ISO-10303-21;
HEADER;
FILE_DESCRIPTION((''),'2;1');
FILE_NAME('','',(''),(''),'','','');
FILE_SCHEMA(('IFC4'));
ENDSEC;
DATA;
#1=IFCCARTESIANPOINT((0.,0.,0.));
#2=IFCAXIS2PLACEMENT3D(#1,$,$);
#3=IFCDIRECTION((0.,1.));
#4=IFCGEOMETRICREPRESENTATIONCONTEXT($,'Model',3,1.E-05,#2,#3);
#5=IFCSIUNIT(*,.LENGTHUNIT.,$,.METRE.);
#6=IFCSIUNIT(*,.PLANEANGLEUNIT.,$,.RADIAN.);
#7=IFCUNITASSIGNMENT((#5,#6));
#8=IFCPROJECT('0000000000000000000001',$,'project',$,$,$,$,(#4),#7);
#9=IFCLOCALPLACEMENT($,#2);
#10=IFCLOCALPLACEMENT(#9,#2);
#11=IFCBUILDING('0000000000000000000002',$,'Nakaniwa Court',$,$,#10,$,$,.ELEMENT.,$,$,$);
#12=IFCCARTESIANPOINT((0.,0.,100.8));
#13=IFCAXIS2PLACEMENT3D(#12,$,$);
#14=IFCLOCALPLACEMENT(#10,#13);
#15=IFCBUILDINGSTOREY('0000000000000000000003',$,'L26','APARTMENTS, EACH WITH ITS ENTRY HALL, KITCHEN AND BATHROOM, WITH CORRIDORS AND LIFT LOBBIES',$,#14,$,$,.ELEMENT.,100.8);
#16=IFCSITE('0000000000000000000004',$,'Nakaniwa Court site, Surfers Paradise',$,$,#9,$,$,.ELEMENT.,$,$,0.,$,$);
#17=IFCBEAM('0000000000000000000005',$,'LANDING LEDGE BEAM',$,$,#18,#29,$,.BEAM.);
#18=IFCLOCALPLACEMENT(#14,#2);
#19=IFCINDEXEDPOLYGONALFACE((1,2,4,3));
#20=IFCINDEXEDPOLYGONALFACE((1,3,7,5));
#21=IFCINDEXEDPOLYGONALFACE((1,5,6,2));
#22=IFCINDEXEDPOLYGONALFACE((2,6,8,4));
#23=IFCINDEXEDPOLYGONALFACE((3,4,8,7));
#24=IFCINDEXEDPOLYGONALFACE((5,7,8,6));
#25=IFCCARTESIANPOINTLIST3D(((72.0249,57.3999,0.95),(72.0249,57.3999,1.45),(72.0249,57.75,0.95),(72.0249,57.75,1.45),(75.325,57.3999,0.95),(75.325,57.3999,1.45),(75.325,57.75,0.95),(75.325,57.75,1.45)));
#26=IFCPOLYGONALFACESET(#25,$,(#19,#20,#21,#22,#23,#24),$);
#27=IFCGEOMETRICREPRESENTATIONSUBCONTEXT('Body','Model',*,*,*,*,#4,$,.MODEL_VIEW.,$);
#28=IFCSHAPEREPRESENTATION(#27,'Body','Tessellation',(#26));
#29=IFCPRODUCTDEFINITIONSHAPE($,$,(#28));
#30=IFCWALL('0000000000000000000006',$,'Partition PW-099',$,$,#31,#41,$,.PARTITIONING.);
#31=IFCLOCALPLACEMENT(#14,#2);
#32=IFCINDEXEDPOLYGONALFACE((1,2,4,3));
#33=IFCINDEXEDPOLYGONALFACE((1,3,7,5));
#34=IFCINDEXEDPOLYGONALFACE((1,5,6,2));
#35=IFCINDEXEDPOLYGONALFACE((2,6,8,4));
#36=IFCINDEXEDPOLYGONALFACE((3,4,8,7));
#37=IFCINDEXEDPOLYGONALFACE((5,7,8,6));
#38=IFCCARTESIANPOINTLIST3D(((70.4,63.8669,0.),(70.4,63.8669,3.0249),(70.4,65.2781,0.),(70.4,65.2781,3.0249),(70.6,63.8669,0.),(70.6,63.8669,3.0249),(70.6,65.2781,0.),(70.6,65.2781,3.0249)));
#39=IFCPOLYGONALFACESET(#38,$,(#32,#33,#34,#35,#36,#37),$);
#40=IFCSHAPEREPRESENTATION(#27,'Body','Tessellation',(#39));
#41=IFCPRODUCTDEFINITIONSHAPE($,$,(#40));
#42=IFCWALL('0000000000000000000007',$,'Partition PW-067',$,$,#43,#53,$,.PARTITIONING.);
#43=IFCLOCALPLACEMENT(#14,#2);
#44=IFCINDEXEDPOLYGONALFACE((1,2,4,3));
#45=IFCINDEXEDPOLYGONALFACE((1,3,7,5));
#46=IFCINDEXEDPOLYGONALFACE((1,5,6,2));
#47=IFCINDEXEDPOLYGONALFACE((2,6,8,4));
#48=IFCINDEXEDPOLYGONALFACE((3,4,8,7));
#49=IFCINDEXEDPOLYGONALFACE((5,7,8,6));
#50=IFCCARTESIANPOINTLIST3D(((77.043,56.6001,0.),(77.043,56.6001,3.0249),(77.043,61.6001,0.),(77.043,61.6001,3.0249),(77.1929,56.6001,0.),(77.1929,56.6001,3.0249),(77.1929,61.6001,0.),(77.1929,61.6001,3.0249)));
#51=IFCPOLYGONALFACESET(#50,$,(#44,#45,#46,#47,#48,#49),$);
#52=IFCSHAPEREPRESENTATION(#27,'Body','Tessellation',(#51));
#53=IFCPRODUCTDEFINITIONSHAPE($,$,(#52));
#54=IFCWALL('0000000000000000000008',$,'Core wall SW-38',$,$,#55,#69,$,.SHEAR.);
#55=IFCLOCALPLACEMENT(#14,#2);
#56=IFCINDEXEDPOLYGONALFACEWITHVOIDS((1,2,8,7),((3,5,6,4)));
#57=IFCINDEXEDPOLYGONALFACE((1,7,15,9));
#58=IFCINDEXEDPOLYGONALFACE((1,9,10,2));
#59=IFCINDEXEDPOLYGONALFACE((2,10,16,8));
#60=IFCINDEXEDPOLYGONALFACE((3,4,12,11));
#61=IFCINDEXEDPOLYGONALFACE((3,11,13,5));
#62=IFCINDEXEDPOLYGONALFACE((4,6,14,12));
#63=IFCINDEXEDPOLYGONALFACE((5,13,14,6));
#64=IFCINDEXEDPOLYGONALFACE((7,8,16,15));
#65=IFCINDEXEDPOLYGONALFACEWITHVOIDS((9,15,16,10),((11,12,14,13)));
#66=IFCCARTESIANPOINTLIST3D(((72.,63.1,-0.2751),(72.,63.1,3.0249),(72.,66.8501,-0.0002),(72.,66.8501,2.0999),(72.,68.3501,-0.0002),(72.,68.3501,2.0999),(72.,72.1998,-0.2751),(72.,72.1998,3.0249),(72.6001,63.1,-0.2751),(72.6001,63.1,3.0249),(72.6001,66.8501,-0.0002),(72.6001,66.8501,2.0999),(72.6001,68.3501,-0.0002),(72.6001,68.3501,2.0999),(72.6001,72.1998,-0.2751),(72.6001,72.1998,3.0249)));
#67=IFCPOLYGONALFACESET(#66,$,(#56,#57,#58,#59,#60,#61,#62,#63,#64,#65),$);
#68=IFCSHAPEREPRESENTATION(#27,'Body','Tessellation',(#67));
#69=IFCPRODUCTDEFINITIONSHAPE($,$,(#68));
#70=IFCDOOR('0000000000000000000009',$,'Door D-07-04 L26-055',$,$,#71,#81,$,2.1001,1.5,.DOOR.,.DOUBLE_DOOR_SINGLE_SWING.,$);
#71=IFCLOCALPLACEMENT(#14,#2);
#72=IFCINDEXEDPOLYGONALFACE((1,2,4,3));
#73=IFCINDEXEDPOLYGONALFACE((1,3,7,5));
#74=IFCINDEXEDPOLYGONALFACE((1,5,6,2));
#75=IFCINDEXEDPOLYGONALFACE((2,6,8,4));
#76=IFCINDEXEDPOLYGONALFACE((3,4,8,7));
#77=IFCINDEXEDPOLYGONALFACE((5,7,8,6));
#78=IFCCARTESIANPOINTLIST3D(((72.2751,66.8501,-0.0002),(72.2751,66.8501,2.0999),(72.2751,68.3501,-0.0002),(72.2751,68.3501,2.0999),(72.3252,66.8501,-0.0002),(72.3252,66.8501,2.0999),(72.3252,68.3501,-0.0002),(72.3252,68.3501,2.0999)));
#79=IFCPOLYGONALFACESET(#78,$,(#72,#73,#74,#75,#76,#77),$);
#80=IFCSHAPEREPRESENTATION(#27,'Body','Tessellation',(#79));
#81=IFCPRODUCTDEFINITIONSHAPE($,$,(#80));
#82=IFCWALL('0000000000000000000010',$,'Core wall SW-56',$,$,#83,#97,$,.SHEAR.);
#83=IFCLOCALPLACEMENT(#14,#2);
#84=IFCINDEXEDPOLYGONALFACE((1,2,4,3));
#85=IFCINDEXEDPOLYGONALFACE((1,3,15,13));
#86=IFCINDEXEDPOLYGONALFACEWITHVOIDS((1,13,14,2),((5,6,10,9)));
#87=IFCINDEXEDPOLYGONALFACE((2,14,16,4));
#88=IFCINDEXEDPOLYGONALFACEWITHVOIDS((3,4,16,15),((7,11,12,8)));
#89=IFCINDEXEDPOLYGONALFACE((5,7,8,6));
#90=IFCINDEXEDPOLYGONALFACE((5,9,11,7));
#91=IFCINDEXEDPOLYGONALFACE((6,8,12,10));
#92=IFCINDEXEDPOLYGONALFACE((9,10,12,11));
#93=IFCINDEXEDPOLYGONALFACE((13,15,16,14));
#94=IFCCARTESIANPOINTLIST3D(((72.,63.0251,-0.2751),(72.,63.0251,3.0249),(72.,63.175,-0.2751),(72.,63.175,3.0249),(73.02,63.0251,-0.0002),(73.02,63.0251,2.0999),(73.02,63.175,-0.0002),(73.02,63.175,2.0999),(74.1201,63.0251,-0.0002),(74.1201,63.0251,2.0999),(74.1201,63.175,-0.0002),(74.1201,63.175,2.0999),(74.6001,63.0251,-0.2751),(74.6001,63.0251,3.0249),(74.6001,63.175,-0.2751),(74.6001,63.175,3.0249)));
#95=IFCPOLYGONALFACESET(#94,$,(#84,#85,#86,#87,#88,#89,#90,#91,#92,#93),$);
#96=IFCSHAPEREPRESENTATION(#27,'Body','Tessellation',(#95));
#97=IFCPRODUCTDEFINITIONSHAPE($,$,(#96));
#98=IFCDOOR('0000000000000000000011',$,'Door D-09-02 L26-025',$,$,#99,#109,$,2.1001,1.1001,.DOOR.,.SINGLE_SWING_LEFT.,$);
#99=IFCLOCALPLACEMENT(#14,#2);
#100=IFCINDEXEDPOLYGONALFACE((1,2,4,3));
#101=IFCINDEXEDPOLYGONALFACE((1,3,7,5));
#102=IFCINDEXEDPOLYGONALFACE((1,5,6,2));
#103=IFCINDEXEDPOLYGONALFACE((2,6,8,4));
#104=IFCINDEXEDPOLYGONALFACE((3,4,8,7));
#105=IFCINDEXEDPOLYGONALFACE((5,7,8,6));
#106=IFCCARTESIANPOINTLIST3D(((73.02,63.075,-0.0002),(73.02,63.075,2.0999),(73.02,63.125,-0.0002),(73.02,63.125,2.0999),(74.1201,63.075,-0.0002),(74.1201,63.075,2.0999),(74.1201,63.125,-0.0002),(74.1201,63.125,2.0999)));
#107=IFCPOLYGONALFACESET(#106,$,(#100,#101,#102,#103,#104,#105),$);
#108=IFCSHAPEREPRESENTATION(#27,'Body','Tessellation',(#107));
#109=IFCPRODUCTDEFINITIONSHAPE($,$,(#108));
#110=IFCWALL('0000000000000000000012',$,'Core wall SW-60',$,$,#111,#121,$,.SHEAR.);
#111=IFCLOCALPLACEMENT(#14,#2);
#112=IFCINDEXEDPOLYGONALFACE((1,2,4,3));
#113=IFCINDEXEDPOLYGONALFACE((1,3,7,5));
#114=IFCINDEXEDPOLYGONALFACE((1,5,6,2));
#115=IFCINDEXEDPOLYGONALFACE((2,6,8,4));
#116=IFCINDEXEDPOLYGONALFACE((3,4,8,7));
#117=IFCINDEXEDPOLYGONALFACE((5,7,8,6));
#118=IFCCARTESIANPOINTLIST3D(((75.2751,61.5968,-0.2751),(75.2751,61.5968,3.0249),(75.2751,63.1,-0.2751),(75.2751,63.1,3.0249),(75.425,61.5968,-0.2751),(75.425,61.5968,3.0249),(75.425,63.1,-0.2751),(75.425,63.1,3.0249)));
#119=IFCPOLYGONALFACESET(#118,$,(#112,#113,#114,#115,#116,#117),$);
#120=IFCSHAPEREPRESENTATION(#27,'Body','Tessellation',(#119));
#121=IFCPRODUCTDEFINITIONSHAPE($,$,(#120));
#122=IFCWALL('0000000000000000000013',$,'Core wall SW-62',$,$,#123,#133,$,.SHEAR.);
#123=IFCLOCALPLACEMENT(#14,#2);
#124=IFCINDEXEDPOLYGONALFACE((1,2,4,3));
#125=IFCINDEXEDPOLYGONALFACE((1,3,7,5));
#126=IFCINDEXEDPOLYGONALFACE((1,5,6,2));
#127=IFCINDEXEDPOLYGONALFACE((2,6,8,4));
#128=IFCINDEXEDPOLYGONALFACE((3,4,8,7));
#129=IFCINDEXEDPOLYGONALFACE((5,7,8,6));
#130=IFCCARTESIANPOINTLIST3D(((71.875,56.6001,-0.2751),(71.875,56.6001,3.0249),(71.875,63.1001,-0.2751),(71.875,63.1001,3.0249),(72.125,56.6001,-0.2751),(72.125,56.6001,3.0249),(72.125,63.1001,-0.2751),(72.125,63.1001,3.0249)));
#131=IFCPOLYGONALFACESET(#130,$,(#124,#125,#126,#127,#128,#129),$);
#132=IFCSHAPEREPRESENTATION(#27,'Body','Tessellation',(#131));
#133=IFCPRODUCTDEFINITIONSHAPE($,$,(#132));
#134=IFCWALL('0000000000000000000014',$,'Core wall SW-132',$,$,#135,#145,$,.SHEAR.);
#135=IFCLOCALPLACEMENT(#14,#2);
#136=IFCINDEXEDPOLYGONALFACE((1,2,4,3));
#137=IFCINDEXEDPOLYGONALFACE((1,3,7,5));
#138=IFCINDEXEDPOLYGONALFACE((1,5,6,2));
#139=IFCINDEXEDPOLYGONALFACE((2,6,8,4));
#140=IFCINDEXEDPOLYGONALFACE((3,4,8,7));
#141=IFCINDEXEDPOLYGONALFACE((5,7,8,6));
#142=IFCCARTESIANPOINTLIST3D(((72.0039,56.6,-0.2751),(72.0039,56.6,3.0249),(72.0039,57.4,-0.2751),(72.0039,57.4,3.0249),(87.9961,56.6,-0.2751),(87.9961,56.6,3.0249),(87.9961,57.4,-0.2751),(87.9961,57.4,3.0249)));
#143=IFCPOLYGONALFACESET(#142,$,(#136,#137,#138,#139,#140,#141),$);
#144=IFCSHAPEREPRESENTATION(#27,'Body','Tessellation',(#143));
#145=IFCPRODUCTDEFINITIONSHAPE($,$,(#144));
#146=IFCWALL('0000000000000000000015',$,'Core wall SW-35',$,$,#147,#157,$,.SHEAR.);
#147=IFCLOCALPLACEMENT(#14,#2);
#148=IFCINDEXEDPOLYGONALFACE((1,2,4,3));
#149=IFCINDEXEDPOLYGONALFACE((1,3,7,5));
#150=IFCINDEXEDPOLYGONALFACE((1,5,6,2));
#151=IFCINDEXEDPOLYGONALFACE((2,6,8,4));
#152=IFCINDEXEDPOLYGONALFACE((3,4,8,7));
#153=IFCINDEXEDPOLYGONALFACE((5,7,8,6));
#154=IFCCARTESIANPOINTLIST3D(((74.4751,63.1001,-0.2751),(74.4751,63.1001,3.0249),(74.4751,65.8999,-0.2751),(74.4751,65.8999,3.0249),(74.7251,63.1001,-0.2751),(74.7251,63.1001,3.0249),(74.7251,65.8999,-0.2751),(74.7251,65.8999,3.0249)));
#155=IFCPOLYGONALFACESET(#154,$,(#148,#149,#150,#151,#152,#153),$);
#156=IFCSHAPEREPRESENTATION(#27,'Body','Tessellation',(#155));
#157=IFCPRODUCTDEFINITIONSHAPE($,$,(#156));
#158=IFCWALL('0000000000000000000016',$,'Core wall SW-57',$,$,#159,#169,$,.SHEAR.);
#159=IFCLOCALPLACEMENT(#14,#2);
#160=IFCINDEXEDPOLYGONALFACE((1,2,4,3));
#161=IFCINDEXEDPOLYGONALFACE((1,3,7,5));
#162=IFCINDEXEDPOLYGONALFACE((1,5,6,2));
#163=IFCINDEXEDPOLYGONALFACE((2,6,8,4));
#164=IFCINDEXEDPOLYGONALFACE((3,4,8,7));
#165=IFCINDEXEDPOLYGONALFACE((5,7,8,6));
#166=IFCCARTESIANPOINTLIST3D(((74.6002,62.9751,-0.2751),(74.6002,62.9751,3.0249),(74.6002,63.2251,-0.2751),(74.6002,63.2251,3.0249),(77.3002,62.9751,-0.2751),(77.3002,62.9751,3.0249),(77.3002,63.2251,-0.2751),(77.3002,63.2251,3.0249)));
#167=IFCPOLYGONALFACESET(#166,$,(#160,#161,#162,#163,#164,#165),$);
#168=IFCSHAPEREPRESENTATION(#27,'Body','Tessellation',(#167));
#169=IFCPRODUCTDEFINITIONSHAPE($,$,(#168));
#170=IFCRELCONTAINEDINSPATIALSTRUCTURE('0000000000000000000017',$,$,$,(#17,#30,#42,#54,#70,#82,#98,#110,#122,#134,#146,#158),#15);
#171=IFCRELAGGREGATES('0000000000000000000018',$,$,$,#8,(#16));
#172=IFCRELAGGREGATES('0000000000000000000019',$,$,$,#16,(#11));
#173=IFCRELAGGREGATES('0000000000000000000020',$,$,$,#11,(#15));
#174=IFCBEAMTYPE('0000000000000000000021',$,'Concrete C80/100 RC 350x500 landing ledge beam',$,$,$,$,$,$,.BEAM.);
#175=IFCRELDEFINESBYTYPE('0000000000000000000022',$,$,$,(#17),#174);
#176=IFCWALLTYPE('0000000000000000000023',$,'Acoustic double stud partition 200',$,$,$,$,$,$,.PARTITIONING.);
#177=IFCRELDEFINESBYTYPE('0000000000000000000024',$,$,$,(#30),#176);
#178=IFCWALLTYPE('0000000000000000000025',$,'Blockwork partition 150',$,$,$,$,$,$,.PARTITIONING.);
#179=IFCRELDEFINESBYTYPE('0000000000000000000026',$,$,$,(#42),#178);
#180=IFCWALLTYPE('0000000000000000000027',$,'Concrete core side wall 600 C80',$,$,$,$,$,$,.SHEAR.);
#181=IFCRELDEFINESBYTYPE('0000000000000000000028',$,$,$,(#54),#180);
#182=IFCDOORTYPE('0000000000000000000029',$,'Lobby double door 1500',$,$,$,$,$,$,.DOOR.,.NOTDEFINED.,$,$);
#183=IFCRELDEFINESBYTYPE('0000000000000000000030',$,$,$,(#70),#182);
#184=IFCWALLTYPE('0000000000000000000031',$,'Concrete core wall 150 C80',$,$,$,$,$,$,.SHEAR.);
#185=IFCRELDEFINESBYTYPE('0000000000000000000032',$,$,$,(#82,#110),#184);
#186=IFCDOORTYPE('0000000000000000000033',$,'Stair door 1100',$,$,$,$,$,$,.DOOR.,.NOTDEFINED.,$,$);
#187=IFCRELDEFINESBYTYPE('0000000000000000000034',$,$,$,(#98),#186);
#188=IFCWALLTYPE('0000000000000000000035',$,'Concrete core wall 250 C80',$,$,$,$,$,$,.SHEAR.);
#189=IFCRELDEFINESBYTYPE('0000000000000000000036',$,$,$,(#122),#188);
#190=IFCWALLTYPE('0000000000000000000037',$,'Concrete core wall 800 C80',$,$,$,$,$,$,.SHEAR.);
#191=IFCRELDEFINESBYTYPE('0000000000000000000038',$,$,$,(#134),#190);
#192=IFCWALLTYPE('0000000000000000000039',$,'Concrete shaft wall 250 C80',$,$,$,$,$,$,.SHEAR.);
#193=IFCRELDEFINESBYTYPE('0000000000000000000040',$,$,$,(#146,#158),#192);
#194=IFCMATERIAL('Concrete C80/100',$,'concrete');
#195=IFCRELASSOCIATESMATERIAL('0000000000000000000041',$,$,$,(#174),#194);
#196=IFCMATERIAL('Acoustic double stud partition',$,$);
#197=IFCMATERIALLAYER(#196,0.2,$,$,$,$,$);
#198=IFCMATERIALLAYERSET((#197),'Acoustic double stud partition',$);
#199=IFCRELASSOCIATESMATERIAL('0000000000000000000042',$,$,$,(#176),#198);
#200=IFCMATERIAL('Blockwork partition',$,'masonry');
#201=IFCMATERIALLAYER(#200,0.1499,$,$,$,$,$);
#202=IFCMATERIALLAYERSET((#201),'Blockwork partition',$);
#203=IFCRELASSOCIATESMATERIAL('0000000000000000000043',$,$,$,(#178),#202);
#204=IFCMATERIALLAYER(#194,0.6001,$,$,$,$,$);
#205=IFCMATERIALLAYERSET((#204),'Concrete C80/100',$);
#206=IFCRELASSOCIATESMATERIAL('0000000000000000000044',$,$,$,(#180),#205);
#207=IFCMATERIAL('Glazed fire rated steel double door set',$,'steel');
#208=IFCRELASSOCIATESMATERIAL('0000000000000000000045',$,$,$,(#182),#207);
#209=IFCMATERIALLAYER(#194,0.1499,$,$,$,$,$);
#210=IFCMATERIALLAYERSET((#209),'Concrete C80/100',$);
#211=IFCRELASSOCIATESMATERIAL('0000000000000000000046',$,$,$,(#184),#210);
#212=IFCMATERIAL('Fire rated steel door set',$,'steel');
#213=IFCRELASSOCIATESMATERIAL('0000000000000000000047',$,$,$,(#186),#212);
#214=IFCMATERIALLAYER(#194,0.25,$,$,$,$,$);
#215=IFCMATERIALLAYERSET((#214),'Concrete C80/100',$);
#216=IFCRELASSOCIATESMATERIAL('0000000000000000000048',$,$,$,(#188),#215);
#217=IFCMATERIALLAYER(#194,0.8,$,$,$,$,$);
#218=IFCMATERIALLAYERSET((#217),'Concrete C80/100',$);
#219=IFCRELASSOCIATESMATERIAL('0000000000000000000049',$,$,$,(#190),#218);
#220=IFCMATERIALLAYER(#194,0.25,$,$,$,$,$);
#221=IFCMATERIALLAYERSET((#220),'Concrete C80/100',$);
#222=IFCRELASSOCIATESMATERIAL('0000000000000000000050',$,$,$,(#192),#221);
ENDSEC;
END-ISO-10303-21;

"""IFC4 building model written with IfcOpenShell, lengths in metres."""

from ifc_helpers import new_model, si_unit, direction, frame, frame_2d, origin, origin_2d, place, context, subcontext, project, spatial, rectangle, extrude, material, layer, layer_set, material_profile, profile_set, type_object, element, fill, save


model = new_model("IFC4")

# Units and contexts
model_context = context("Model", 3, precision=1e-05, world=origin(), true_north=direction((0.0, 1.0)))
body_context = subcontext(model_context, "Body", "Model", "MODEL_VIEW")
ifc_project = project(units=[si_unit("LENGTHUNIT", "METRE"), si_unit("PLANEANGLEUNIT", "RADIAN")], contexts=[model_context])

# Site, building, storey
site_placement = place(None, origin())
site = spatial("IfcSite", under=ifc_project, at=site_placement, Name="Nakaniwa Court site, Surfers Paradise", CompositionType="ELEMENT", RefElevation=0.0)
building_placement = place(site_placement, origin())
building = spatial("IfcBuilding", under=site, at=building_placement, Name="Nakaniwa Court", CompositionType="ELEMENT")
storey_placement = place(building_placement, frame((0.0, 0.0, 100.8)))
storey = spatial("IfcBuildingStorey", under=building, at=storey_placement, Name="L26", Description="APARTMENTS, EACH WITH ITS ENTRY HALL, KITCHEN AND BATHROOM, WITH CORRIDORS AND LIFT LOBBIES", CompositionType="ELEMENT", Elevation=100.8)

# Beam
ifc_material_1 = material(Name="Concrete C80/100", Category="concrete")
ifc_material_profile = material_profile(ifc_material_1, rectangle(XDim=0.3501, YDim=0.5, at=origin_2d()), Name="Concrete C80/100 RC 350x500 landing ledge beam")
ifc_profile_set = profile_set([ifc_material_profile], Name="Concrete C80/100")
beam_type = type_object("IfcBeamType", Name="Concrete C80/100 RC 350x500 landing ledge beam", PredefinedType="BEAM", material=ifc_profile_set)
beam_placement = place(storey_placement, frame((72.0249, 57.575, 1.2), z_axis=(1.0, 0.0, 0.0), x_axis=(0.0, 1.0, 0.0)))
element("IfcBeam", 1, at=beam_placement, inside=storey, type_object=beam_type, Name="LANDING LEDGE BEAM", PredefinedType="BEAM", context=body_context, shape_type="SweptSolid", body=[
    extrude(rectangle(XDim=0.3501, YDim=0.5, at=origin_2d()), origin(), (0.0, 0.0, 1.0), 3.3),
])

# Walls
ifc_material_2 = material(Name="Acoustic double stud partition")
ifc_layer_1 = layer(ifc_material_2, 0.2)
ifc_layer_set_1 = layer_set([ifc_layer_1], Name="Acoustic double stud partition")
wall_type_1 = type_object("IfcWallType", Name="Acoustic double stud partition 200", PredefinedType="PARTITIONING", material=ifc_layer_set_1)
wall_1_placement = place(storey_placement, frame((70.5, 63.8669, 0.0), z_axis=(0.0, 0.0, 1.0), x_axis=(0.0, 1.0, 0.0)))
element("IfcWall", 2, at=wall_1_placement, inside=storey, type_object=wall_type_1, Name="Partition PW-099", PredefinedType="PARTITIONING", context=body_context, shape_type="SweptSolid", body=[
    extrude(rectangle(XDim=1.4111, YDim=0.2, at=frame_2d((0.7056, 0.0))), origin(), (0.0, 0.0, 1.0), 3.0249),
])
ifc_material_3 = material(Name="Blockwork partition", Category="masonry")
ifc_layer_2 = layer(ifc_material_3, 0.1499)
ifc_layer_set_2 = layer_set([ifc_layer_2], Name="Blockwork partition")
wall_type_2 = type_object("IfcWallType", Name="Blockwork partition 150", PredefinedType="PARTITIONING", material=ifc_layer_set_2)
wall_2_placement = place(storey_placement, frame((77.1179, 56.6001, 0.0), z_axis=(0.0, 0.0, 1.0), x_axis=(0.0, 1.0, 0.0)))
element("IfcWall", 3, at=wall_2_placement, inside=storey, type_object=wall_type_2, Name="Partition PW-067", PredefinedType="PARTITIONING", context=body_context, shape_type="SweptSolid", body=[
    extrude(rectangle(XDim=5.0, YDim=0.1499, at=frame_2d((2.5, 0.0))), origin(), (0.0, 0.0, 1.0), 3.0249),
])

# Walls, openings, doors
ifc_layer_3 = layer(ifc_material_1, 0.6001)
ifc_layer_set_3 = layer_set([ifc_layer_3], Name="Concrete C80/100")
wall_type_3 = type_object("IfcWallType", Name="Concrete core side wall 600 C80", PredefinedType="SHEAR", material=ifc_layer_set_3)
wall_3_placement = place(storey_placement, frame((72.3, 63.1001, -0.2751), z_axis=(0.0, 0.0, 1.0), x_axis=(0.0, 1.0, 0.0)))
wall_3 = element("IfcWall", 4, at=wall_3_placement, inside=storey, type_object=wall_type_3, Name="Core wall SW-38", PredefinedType="SHEAR", context=body_context, shape_type="SweptSolid", body=[
    extrude(rectangle(XDim=9.0999, YDim=0.6001, at=frame_2d((4.5498, 0.0))), origin(), (0.0, 0.0, 1.0), 3.3),
])
opening_1_placement = place(wall_3_placement, frame((3.75, 0.0, 0.2749)))
opening_1 = element("IfcOpeningElement", 5, at=opening_1_placement, cuts=wall_3, PredefinedType="OPENING", context=body_context, shape_type="SweptSolid", body=[
    extrude(rectangle(XDim=1.5, YDim=2.1001, at=frame_2d((0.75, 1.05))), frame((0.0, 0.3101, 0.0), z_axis=(0.0, -1.0, 0.0), x_axis=(1.0, 0.0, 0.0)), (0.0, 0.0, 1.0), 0.6201),
])
ifc_material_4 = material(Name="Glazed fire rated steel double door set", Category="steel")
door_type_1 = type_object("IfcDoorType", Name="Lobby double door 1500", OperationType="NOTDEFINED", PredefinedType="DOOR", material=ifc_material_4)
door_1_placement = place(opening_1_placement, origin())
door_1 = element("IfcDoor", 6, at=door_1_placement, inside=storey, type_object=door_type_1, Name="Door D-07-04 L26-055", OperationType="DOUBLE_DOOR_SINGLE_SWING", OverallHeight=2.1001, OverallWidth=1.5, PredefinedType="DOOR", context=body_context, shape_type="SweptSolid", body=[
    extrude(rectangle(XDim=1.5, YDim=2.1001, at=frame_2d((0.75, 1.05))), frame((0.0, 0.0249, 0.0), z_axis=(0.0, -1.0, 0.0), x_axis=(1.0, 0.0, 0.0)), (0.0, 0.0, 1.0), 0.05),
])
fill(opening_1, door_1)
ifc_layer_4 = layer(ifc_material_1, 0.1499)
ifc_layer_set_4 = layer_set([ifc_layer_4], Name="Concrete C80/100")
wall_type_4 = type_object("IfcWallType", Name="Concrete core wall 150 C80", PredefinedType="SHEAR", material=ifc_layer_set_4)
wall_4_placement = place(storey_placement, frame((72.0, 63.1001, -0.2751), z_axis=(0.0, 0.0, 1.0), x_axis=(1.0, 0.0, 0.0)))
wall_4 = element("IfcWall", 7, at=wall_4_placement, inside=storey, type_object=wall_type_4, Name="Core wall SW-56", PredefinedType="SHEAR", context=body_context, shape_type="SweptSolid", body=[
    extrude(rectangle(XDim=2.6001, YDim=0.1499, at=frame_2d((1.3, 0.0))), origin(), (0.0, 0.0, 1.0), 3.3),
])
opening_2_placement = place(wall_4_placement, frame((1.02, 0.0, 0.2749)))
opening_2 = element("IfcOpeningElement", 8, at=opening_2_placement, cuts=wall_4, PredefinedType="OPENING", context=body_context, shape_type="SweptSolid", body=[
    extrude(rectangle(XDim=1.1001, YDim=2.1001, at=frame_2d((0.55, 1.05))), frame((0.0, 0.085, 0.0), z_axis=(0.0, -1.0, 0.0), x_axis=(1.0, 0.0, 0.0)), (0.0, 0.0, 1.0), 0.1699),
])
ifc_material_5 = material(Name="Fire rated steel door set", Category="steel")
door_type_2 = type_object("IfcDoorType", Name="Stair door 1100", OperationType="NOTDEFINED", PredefinedType="DOOR", material=ifc_material_5)
door_2_placement = place(opening_2_placement, origin())
door_2 = element("IfcDoor", 9, at=door_2_placement, inside=storey, type_object=door_type_2, Name="Door D-09-02 L26-025", OperationType="SINGLE_SWING_LEFT", OverallHeight=2.1001, OverallWidth=1.1001, PredefinedType="DOOR", context=body_context, shape_type="SweptSolid", body=[
    extrude(rectangle(XDim=1.1001, YDim=2.1001, at=frame_2d((0.55, 1.05))), frame((0.0, 0.0249, 0.0), z_axis=(0.0, -1.0, 0.0), x_axis=(1.0, 0.0, 0.0)), (0.0, 0.0, 1.0), 0.05),
])
fill(opening_2, door_2)

# Walls
wall_5_placement = place(storey_placement, frame((75.3501, 61.5969, -0.2751), z_axis=(0.0, 0.0, 1.0), x_axis=(0.0, 1.0, 0.0)))
element("IfcWall", 10, at=wall_5_placement, inside=storey, type_object=wall_type_4, Name="Core wall SW-60", PredefinedType="SHEAR", context=body_context, shape_type="SweptSolid", body=[
    extrude(rectangle(XDim=1.5032, YDim=0.1499, at=frame_2d((0.7515, 0.0))), origin(), (0.0, 0.0, 1.0), 3.3),
])
ifc_layer_5 = layer(ifc_material_1, 0.25)
ifc_layer_set_5 = layer_set([ifc_layer_5], Name="Concrete C80/100")
wall_type_5 = type_object("IfcWallType", Name="Concrete core wall 250 C80", PredefinedType="SHEAR", material=ifc_layer_set_5)
wall_6_placement = place(storey_placement, frame((72.0, 56.6001, -0.2751), z_axis=(0.0, 0.0, 1.0), x_axis=(0.0, 1.0, 0.0)))
element("IfcWall", 11, at=wall_6_placement, inside=storey, type_object=wall_type_5, Name="Core wall SW-62", PredefinedType="SHEAR", context=body_context, shape_type="SweptSolid", body=[
    extrude(rectangle(XDim=6.5, YDim=0.25, at=frame_2d((3.25, 0.0))), origin(), (0.0, 0.0, 1.0), 3.3),
])
ifc_layer_6 = layer(ifc_material_1, 0.8)
ifc_layer_set_6 = layer_set([ifc_layer_6], Name="Concrete C80/100")
wall_type_6 = type_object("IfcWallType", Name="Concrete core wall 800 C80", PredefinedType="SHEAR", material=ifc_layer_set_6)
wall_7_placement = place(storey_placement, frame((72.0039, 57.0, -0.2751), z_axis=(0.0, 0.0, 1.0), x_axis=(1.0, 0.0, 0.0)))
element("IfcWall", 12, at=wall_7_placement, inside=storey, type_object=wall_type_6, Name="Core wall SW-132", PredefinedType="SHEAR", context=body_context, shape_type="SweptSolid", body=[
    extrude(rectangle(XDim=15.9922, YDim=0.8, at=frame_2d((7.9961, 0.0))), origin(), (0.0, 0.0, 1.0), 3.3),
])
ifc_layer_7 = layer(ifc_material_1, 0.25)
ifc_layer_set_7 = layer_set([ifc_layer_7], Name="Concrete C80/100")
wall_type_7 = type_object("IfcWallType", Name="Concrete shaft wall 250 C80", PredefinedType="SHEAR", material=ifc_layer_set_7)
wall_8_placement = place(storey_placement, frame((74.6001, 63.1001, -0.2751), z_axis=(0.0, 0.0, 1.0), x_axis=(0.0, 1.0, 0.0)))
element("IfcWall", 13, at=wall_8_placement, inside=storey, type_object=wall_type_7, Name="Core wall SW-35", PredefinedType="SHEAR", context=body_context, shape_type="SweptSolid", body=[
    extrude(rectangle(XDim=2.7998, YDim=0.25, at=frame_2d((1.3999, 0.0))), origin(), (0.0, 0.0, 1.0), 3.3),
])
wall_9_placement = place(storey_placement, frame((74.6001, 63.1001, -0.2751), z_axis=(0.0, 0.0, 1.0), x_axis=(1.0, 0.0, 0.0)))
element("IfcWall", 14, at=wall_9_placement, inside=storey, type_object=wall_type_7, Name="Core wall SW-57", PredefinedType="SHEAR", context=body_context, shape_type="SweptSolid", body=[
    extrude(rectangle(XDim=2.7, YDim=0.25, at=frame_2d((1.3501, 0.0))), origin(), (0.0, 0.0, 1.0), 3.3),
])

save(model, "model.ifc")
